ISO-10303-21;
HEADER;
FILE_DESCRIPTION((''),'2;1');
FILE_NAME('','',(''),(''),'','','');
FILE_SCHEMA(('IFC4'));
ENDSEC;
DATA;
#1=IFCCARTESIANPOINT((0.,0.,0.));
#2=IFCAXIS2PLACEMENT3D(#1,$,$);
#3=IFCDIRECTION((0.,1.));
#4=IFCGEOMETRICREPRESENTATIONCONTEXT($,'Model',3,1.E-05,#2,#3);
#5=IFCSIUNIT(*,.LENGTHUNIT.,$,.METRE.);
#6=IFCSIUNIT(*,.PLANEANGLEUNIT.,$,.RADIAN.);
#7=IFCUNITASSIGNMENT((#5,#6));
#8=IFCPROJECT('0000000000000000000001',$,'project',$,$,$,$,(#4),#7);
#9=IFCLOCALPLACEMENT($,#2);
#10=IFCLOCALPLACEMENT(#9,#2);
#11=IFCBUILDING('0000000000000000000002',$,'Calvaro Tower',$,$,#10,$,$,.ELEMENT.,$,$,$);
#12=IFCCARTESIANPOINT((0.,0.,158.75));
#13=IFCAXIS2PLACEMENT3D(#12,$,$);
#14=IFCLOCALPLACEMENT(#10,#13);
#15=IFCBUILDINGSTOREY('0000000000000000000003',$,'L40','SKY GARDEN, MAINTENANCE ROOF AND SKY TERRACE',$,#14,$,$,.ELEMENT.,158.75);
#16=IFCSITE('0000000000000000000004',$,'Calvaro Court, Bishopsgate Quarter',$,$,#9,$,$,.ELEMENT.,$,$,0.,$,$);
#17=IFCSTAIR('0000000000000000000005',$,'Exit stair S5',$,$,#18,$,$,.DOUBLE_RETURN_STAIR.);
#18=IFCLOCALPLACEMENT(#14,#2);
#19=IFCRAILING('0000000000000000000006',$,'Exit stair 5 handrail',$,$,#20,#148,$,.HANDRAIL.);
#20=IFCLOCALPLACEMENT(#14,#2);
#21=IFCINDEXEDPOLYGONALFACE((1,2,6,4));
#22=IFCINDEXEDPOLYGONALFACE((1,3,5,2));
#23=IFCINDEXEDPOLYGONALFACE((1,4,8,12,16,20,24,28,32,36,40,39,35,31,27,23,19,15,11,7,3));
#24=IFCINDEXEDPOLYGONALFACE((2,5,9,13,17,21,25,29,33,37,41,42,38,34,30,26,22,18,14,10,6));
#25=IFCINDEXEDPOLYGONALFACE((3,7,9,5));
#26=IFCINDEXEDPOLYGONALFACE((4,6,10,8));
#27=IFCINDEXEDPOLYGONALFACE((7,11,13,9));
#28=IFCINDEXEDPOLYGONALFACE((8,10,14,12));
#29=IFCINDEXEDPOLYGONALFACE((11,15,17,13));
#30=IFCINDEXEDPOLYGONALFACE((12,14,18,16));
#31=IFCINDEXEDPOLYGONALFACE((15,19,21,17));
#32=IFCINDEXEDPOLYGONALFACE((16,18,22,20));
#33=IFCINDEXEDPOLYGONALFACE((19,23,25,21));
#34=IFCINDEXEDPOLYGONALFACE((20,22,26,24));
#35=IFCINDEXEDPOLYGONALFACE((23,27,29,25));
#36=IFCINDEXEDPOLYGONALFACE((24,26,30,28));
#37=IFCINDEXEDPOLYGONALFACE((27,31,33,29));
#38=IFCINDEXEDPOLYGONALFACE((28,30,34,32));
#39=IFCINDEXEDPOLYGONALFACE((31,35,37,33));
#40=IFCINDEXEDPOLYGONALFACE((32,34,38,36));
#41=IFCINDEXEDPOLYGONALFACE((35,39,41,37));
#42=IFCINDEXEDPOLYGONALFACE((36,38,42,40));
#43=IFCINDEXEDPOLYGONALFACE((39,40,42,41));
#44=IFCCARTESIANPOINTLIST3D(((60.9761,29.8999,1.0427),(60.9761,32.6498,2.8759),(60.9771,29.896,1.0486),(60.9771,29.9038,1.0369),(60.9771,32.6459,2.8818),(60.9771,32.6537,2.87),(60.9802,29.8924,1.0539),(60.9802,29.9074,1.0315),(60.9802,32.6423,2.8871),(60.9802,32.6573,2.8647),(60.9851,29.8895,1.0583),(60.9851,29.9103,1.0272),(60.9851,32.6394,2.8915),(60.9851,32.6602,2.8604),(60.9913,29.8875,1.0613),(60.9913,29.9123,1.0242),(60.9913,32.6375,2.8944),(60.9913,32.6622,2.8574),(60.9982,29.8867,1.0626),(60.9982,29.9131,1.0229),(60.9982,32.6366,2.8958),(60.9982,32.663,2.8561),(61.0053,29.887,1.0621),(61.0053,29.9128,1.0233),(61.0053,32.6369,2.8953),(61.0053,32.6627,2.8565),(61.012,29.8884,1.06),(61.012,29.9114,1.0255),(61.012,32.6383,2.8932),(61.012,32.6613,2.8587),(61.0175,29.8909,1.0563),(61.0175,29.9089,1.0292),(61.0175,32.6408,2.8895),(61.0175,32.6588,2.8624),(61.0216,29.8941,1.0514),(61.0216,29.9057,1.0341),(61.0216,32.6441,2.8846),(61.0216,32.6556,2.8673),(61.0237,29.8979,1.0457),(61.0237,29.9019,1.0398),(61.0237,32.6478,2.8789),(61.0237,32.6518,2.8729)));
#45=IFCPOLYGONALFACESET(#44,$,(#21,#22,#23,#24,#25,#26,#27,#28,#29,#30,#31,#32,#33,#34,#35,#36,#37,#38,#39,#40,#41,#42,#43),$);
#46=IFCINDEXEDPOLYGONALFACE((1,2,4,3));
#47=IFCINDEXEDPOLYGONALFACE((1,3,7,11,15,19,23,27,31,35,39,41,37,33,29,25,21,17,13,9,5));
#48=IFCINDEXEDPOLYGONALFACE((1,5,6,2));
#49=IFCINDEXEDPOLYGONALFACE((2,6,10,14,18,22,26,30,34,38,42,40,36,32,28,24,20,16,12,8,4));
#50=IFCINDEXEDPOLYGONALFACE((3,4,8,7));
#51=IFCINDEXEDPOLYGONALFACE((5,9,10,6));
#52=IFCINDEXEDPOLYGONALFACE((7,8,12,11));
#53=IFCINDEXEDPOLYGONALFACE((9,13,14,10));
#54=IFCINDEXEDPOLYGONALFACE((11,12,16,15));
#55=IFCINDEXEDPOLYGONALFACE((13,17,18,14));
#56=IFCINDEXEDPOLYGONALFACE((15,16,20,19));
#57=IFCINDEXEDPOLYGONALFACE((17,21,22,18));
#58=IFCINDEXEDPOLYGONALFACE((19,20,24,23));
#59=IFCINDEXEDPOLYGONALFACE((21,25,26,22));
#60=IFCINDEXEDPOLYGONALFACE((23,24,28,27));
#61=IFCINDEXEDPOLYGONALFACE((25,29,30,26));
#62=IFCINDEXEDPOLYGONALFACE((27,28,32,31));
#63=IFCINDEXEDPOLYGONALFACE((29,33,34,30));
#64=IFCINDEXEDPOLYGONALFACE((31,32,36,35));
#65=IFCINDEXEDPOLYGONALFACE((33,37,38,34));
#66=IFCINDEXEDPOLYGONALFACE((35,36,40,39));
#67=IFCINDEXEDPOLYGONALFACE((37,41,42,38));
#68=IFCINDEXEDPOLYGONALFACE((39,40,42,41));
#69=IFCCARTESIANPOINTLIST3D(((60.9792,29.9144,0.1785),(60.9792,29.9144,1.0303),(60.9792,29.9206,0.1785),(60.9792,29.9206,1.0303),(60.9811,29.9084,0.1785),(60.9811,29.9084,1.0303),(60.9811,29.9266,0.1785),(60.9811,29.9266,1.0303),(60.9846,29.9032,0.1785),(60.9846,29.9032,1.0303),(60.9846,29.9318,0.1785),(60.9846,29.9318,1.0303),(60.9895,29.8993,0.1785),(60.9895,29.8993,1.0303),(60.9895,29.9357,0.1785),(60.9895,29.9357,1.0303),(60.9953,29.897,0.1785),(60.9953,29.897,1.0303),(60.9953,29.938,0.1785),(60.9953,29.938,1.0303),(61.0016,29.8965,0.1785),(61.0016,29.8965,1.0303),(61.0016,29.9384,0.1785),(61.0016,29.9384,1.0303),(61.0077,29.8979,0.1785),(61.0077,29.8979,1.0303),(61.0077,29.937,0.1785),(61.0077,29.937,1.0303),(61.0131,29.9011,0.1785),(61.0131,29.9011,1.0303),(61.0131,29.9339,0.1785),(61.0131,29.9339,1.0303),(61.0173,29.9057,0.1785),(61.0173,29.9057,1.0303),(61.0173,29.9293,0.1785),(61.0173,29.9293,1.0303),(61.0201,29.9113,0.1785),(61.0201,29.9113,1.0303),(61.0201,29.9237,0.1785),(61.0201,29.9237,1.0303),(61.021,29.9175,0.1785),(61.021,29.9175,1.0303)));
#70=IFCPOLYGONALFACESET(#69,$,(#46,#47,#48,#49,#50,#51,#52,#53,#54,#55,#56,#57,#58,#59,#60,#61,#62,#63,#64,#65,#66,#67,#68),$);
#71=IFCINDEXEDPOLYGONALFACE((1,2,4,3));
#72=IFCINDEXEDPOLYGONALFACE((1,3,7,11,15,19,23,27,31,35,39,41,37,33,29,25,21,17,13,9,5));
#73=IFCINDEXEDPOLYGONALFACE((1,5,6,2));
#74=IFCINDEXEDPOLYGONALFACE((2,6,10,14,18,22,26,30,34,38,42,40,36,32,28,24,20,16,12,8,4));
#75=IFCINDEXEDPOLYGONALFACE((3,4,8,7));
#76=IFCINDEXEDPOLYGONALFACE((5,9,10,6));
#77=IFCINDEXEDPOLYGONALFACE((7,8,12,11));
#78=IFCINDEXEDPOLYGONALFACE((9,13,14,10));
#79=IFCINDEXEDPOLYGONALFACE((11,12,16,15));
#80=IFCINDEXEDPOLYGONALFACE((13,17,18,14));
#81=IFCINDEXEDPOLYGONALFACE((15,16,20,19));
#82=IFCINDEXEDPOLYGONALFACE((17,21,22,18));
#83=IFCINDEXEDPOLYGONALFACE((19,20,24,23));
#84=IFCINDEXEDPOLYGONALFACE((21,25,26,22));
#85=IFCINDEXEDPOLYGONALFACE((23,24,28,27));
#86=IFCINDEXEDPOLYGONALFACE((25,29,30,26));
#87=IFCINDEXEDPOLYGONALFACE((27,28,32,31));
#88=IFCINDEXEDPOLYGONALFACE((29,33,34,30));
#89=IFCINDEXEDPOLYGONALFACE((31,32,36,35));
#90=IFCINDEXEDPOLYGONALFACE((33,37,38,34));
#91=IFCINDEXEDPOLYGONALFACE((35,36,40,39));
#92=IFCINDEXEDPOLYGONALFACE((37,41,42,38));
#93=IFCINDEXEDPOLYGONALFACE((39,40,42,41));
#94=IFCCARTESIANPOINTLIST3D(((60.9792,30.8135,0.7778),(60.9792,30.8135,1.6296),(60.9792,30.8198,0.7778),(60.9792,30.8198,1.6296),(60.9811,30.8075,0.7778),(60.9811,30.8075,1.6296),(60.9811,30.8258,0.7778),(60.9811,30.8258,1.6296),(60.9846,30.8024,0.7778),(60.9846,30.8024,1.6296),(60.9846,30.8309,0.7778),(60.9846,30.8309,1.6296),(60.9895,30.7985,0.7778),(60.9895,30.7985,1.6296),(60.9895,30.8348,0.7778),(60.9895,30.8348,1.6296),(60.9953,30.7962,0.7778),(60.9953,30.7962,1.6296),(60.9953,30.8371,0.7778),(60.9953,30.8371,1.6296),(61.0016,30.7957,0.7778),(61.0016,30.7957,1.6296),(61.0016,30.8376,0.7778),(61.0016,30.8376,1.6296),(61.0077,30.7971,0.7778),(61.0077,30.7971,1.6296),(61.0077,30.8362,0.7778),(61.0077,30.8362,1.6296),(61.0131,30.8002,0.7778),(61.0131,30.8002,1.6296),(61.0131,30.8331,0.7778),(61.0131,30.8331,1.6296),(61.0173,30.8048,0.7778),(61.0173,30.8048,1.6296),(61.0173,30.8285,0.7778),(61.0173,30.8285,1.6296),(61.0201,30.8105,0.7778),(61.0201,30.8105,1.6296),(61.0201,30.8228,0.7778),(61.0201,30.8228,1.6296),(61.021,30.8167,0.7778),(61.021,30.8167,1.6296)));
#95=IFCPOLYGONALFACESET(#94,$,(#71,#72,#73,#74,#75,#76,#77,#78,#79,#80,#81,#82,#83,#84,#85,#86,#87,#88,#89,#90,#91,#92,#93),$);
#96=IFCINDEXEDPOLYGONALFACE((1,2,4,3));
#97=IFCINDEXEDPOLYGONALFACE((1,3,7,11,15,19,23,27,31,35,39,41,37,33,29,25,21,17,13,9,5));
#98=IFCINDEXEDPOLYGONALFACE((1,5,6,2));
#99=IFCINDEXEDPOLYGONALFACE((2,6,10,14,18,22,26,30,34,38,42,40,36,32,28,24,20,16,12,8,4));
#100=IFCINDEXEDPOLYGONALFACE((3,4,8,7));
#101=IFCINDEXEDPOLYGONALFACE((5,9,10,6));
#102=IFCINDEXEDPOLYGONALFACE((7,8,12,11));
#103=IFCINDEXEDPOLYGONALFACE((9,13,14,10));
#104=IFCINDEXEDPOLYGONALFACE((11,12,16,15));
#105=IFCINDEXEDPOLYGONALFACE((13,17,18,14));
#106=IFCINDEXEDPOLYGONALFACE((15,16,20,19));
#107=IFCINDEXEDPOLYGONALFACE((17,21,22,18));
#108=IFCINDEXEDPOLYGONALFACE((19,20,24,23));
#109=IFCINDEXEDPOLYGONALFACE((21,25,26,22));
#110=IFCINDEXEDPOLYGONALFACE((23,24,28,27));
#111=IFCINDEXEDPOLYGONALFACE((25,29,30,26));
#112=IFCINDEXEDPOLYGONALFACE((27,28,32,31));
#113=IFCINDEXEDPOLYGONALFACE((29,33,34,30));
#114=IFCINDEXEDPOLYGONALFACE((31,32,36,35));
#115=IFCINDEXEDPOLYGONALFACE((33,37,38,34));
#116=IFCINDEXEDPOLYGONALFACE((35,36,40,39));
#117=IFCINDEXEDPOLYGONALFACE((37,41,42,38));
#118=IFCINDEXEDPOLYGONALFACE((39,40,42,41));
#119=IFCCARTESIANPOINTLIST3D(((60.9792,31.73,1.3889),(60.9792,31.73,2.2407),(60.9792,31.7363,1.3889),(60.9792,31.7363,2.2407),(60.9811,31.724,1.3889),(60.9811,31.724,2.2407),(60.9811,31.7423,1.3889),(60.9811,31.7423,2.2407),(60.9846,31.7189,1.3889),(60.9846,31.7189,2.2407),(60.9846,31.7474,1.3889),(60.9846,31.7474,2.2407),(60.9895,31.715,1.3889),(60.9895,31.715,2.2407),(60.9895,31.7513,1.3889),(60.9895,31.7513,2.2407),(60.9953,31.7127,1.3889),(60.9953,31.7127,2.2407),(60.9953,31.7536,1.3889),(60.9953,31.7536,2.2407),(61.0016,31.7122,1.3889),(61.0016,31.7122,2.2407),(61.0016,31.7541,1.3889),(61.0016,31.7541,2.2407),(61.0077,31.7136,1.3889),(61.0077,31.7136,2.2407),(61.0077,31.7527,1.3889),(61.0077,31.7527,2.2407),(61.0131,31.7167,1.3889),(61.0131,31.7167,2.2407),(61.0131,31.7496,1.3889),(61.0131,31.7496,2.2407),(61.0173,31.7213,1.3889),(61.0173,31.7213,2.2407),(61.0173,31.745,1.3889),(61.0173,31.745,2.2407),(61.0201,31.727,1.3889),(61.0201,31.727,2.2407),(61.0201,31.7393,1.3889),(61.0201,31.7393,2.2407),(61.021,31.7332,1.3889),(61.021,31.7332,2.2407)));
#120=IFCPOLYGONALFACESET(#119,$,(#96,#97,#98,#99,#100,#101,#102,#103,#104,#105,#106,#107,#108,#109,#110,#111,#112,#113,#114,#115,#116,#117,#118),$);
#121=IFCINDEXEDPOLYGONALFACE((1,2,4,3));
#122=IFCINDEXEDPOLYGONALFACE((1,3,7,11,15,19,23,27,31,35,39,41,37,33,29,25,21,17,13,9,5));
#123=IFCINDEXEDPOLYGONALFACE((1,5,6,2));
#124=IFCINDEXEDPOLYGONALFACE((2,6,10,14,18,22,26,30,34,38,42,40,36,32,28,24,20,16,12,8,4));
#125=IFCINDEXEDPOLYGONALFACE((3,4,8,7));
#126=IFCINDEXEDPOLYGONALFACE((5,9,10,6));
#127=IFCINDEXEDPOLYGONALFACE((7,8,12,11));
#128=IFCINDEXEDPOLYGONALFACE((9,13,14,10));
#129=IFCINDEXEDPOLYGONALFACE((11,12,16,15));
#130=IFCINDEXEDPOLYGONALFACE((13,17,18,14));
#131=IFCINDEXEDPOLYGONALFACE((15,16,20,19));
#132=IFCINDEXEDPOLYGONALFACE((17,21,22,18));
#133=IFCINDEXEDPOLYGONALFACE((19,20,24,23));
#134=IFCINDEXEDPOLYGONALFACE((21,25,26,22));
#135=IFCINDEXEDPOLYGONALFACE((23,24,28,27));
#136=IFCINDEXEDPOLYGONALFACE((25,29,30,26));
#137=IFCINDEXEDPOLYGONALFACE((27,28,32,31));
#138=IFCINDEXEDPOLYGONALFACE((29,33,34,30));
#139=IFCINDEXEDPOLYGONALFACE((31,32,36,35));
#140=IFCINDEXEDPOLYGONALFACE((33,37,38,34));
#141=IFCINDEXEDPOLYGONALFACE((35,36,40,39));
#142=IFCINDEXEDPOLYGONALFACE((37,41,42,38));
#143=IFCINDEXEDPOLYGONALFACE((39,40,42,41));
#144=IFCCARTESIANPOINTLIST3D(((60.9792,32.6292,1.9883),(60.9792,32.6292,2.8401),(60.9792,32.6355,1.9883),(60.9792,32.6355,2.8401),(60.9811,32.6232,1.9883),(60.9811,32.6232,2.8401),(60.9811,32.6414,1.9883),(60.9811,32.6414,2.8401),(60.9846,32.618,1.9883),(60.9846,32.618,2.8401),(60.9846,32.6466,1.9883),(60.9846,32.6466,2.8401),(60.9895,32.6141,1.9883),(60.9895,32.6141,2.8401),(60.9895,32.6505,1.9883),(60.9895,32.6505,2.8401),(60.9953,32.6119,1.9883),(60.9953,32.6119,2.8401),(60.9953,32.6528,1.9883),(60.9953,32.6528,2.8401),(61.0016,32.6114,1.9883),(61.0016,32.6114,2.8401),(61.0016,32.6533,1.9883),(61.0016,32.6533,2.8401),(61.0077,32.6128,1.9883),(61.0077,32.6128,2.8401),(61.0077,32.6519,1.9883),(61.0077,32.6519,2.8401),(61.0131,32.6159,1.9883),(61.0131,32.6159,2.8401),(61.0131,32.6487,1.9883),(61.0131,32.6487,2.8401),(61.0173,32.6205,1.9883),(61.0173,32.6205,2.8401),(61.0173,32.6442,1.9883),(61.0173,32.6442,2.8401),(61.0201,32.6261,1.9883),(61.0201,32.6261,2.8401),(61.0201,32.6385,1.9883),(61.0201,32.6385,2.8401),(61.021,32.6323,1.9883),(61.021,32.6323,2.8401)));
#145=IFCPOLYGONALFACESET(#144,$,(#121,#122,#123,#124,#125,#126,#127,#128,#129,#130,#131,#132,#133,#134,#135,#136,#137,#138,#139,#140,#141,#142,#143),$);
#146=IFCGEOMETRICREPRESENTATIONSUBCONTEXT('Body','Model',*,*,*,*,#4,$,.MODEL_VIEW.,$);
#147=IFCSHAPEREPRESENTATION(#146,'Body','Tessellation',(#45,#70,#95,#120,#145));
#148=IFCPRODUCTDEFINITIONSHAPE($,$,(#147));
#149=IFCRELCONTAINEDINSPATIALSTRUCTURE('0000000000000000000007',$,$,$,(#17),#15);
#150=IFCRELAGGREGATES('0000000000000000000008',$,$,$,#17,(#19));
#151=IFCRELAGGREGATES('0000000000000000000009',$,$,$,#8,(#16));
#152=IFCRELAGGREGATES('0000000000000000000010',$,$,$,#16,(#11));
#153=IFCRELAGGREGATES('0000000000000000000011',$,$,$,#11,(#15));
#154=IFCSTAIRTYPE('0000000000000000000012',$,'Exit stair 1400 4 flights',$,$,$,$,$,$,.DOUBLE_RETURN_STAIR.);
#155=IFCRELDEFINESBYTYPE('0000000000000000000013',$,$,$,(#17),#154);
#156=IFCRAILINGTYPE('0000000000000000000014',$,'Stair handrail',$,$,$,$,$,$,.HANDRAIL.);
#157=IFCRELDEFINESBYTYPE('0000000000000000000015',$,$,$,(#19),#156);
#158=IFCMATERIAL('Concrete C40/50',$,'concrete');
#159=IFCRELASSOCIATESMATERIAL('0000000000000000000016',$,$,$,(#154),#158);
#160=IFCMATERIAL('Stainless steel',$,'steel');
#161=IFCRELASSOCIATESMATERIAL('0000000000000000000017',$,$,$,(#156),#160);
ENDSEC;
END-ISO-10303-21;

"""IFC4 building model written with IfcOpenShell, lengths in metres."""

from ifc_helpers import new_model, si_unit, direction, frame, origin, origin_2d, place, context, subcontext, project, spatial, circle, extrude, material, type_object, element, aggregate, save


model = new_model("IFC4")

# Units and contexts
model_context = context("Model", 3, precision=1e-05, world=origin(), true_north=direction((0.0, 1.0)))
body_context = subcontext(model_context, "Body", "Model", "MODEL_VIEW")
ifc_project = project(units=[si_unit("LENGTHUNIT", "METRE"), si_unit("PLANEANGLEUNIT", "RADIAN")], contexts=[model_context])

# Site, building, storey
site_placement = place(None, origin())
site = spatial("IfcSite", under=ifc_project, at=site_placement, Name="Calvaro Court, Bishopsgate Quarter", CompositionType="ELEMENT", RefElevation=0.0)
building_placement = place(site_placement, origin())
building = spatial("IfcBuilding", under=site, at=building_placement, Name="Calvaro Tower", CompositionType="ELEMENT")
storey_placement = place(building_placement, frame((0.0, 0.0, 158.75)))
storey = spatial("IfcBuildingStorey", under=building, at=storey_placement, Name="L40", Description="SKY GARDEN, MAINTENANCE ROOF AND SKY TERRACE", CompositionType="ELEMENT", Elevation=158.75)

# Stair
ifc_material_1 = material(Name="Concrete C40/50", Category="concrete")
stair_type = type_object("IfcStairType", Name="Exit stair 1400 4 flights", PredefinedType="DOUBLE_RETURN_STAIR", material=ifc_material_1)
stair_1_placement = place(storey_placement, origin())
stair_1 = element("IfcStair", 1, at=stair_1_placement, inside=storey, type_object=stair_type, Name="Exit stair S5", PredefinedType="DOUBLE_RETURN_STAIR")

# Shared definitions
ifc_material_2 = material(Name="Stainless steel", Category="steel")
railing_type = type_object("IfcRailingType", Name="Stair handrail", PredefinedType="HANDRAIL", material=ifc_material_2)

# Railing
railing_1_placement = place(storey_placement, frame((61.0, 29.8999, 0.1667)))
railing_1 = element("IfcRailing", 2, at=railing_1_placement, type_object=railing_type, Name="Exit stair 5 handrail", PredefinedType="HANDRAIL", context=body_context, shape_type="SweptSolid", body=[
    extrude(circle(Radius=0.0239, at=origin_2d()), frame((0.0, 0.0, 0.876), z_axis=(0.0, 0.832062, 0.554683), x_axis=(-1.0, 0.0, 0.0)), (0.0, 0.0, 1.0), 3.3049),
    extrude(circle(Radius=0.021, at=origin_2d()), frame((0.0, 0.0176, 0.0117)), (0.0, 0.0, 1.0), 0.8518),
    extrude(circle(Radius=0.021, at=origin_2d()), frame((0.0, 0.9167, 0.6111)), (0.0, 0.0, 1.0), 0.8518),
    extrude(circle(Radius=0.021, at=origin_2d()), frame((0.0, 1.8333, 1.2222)), (0.0, 0.0, 1.0), 0.8518),
    extrude(circle(Radius=0.021, at=origin_2d()), frame((0.0, 2.7324, 1.8215)), (0.0, 0.0, 1.0), 0.8518),
])
aggregate(stair_1, [railing_1])

save(model, "model.ifc")
